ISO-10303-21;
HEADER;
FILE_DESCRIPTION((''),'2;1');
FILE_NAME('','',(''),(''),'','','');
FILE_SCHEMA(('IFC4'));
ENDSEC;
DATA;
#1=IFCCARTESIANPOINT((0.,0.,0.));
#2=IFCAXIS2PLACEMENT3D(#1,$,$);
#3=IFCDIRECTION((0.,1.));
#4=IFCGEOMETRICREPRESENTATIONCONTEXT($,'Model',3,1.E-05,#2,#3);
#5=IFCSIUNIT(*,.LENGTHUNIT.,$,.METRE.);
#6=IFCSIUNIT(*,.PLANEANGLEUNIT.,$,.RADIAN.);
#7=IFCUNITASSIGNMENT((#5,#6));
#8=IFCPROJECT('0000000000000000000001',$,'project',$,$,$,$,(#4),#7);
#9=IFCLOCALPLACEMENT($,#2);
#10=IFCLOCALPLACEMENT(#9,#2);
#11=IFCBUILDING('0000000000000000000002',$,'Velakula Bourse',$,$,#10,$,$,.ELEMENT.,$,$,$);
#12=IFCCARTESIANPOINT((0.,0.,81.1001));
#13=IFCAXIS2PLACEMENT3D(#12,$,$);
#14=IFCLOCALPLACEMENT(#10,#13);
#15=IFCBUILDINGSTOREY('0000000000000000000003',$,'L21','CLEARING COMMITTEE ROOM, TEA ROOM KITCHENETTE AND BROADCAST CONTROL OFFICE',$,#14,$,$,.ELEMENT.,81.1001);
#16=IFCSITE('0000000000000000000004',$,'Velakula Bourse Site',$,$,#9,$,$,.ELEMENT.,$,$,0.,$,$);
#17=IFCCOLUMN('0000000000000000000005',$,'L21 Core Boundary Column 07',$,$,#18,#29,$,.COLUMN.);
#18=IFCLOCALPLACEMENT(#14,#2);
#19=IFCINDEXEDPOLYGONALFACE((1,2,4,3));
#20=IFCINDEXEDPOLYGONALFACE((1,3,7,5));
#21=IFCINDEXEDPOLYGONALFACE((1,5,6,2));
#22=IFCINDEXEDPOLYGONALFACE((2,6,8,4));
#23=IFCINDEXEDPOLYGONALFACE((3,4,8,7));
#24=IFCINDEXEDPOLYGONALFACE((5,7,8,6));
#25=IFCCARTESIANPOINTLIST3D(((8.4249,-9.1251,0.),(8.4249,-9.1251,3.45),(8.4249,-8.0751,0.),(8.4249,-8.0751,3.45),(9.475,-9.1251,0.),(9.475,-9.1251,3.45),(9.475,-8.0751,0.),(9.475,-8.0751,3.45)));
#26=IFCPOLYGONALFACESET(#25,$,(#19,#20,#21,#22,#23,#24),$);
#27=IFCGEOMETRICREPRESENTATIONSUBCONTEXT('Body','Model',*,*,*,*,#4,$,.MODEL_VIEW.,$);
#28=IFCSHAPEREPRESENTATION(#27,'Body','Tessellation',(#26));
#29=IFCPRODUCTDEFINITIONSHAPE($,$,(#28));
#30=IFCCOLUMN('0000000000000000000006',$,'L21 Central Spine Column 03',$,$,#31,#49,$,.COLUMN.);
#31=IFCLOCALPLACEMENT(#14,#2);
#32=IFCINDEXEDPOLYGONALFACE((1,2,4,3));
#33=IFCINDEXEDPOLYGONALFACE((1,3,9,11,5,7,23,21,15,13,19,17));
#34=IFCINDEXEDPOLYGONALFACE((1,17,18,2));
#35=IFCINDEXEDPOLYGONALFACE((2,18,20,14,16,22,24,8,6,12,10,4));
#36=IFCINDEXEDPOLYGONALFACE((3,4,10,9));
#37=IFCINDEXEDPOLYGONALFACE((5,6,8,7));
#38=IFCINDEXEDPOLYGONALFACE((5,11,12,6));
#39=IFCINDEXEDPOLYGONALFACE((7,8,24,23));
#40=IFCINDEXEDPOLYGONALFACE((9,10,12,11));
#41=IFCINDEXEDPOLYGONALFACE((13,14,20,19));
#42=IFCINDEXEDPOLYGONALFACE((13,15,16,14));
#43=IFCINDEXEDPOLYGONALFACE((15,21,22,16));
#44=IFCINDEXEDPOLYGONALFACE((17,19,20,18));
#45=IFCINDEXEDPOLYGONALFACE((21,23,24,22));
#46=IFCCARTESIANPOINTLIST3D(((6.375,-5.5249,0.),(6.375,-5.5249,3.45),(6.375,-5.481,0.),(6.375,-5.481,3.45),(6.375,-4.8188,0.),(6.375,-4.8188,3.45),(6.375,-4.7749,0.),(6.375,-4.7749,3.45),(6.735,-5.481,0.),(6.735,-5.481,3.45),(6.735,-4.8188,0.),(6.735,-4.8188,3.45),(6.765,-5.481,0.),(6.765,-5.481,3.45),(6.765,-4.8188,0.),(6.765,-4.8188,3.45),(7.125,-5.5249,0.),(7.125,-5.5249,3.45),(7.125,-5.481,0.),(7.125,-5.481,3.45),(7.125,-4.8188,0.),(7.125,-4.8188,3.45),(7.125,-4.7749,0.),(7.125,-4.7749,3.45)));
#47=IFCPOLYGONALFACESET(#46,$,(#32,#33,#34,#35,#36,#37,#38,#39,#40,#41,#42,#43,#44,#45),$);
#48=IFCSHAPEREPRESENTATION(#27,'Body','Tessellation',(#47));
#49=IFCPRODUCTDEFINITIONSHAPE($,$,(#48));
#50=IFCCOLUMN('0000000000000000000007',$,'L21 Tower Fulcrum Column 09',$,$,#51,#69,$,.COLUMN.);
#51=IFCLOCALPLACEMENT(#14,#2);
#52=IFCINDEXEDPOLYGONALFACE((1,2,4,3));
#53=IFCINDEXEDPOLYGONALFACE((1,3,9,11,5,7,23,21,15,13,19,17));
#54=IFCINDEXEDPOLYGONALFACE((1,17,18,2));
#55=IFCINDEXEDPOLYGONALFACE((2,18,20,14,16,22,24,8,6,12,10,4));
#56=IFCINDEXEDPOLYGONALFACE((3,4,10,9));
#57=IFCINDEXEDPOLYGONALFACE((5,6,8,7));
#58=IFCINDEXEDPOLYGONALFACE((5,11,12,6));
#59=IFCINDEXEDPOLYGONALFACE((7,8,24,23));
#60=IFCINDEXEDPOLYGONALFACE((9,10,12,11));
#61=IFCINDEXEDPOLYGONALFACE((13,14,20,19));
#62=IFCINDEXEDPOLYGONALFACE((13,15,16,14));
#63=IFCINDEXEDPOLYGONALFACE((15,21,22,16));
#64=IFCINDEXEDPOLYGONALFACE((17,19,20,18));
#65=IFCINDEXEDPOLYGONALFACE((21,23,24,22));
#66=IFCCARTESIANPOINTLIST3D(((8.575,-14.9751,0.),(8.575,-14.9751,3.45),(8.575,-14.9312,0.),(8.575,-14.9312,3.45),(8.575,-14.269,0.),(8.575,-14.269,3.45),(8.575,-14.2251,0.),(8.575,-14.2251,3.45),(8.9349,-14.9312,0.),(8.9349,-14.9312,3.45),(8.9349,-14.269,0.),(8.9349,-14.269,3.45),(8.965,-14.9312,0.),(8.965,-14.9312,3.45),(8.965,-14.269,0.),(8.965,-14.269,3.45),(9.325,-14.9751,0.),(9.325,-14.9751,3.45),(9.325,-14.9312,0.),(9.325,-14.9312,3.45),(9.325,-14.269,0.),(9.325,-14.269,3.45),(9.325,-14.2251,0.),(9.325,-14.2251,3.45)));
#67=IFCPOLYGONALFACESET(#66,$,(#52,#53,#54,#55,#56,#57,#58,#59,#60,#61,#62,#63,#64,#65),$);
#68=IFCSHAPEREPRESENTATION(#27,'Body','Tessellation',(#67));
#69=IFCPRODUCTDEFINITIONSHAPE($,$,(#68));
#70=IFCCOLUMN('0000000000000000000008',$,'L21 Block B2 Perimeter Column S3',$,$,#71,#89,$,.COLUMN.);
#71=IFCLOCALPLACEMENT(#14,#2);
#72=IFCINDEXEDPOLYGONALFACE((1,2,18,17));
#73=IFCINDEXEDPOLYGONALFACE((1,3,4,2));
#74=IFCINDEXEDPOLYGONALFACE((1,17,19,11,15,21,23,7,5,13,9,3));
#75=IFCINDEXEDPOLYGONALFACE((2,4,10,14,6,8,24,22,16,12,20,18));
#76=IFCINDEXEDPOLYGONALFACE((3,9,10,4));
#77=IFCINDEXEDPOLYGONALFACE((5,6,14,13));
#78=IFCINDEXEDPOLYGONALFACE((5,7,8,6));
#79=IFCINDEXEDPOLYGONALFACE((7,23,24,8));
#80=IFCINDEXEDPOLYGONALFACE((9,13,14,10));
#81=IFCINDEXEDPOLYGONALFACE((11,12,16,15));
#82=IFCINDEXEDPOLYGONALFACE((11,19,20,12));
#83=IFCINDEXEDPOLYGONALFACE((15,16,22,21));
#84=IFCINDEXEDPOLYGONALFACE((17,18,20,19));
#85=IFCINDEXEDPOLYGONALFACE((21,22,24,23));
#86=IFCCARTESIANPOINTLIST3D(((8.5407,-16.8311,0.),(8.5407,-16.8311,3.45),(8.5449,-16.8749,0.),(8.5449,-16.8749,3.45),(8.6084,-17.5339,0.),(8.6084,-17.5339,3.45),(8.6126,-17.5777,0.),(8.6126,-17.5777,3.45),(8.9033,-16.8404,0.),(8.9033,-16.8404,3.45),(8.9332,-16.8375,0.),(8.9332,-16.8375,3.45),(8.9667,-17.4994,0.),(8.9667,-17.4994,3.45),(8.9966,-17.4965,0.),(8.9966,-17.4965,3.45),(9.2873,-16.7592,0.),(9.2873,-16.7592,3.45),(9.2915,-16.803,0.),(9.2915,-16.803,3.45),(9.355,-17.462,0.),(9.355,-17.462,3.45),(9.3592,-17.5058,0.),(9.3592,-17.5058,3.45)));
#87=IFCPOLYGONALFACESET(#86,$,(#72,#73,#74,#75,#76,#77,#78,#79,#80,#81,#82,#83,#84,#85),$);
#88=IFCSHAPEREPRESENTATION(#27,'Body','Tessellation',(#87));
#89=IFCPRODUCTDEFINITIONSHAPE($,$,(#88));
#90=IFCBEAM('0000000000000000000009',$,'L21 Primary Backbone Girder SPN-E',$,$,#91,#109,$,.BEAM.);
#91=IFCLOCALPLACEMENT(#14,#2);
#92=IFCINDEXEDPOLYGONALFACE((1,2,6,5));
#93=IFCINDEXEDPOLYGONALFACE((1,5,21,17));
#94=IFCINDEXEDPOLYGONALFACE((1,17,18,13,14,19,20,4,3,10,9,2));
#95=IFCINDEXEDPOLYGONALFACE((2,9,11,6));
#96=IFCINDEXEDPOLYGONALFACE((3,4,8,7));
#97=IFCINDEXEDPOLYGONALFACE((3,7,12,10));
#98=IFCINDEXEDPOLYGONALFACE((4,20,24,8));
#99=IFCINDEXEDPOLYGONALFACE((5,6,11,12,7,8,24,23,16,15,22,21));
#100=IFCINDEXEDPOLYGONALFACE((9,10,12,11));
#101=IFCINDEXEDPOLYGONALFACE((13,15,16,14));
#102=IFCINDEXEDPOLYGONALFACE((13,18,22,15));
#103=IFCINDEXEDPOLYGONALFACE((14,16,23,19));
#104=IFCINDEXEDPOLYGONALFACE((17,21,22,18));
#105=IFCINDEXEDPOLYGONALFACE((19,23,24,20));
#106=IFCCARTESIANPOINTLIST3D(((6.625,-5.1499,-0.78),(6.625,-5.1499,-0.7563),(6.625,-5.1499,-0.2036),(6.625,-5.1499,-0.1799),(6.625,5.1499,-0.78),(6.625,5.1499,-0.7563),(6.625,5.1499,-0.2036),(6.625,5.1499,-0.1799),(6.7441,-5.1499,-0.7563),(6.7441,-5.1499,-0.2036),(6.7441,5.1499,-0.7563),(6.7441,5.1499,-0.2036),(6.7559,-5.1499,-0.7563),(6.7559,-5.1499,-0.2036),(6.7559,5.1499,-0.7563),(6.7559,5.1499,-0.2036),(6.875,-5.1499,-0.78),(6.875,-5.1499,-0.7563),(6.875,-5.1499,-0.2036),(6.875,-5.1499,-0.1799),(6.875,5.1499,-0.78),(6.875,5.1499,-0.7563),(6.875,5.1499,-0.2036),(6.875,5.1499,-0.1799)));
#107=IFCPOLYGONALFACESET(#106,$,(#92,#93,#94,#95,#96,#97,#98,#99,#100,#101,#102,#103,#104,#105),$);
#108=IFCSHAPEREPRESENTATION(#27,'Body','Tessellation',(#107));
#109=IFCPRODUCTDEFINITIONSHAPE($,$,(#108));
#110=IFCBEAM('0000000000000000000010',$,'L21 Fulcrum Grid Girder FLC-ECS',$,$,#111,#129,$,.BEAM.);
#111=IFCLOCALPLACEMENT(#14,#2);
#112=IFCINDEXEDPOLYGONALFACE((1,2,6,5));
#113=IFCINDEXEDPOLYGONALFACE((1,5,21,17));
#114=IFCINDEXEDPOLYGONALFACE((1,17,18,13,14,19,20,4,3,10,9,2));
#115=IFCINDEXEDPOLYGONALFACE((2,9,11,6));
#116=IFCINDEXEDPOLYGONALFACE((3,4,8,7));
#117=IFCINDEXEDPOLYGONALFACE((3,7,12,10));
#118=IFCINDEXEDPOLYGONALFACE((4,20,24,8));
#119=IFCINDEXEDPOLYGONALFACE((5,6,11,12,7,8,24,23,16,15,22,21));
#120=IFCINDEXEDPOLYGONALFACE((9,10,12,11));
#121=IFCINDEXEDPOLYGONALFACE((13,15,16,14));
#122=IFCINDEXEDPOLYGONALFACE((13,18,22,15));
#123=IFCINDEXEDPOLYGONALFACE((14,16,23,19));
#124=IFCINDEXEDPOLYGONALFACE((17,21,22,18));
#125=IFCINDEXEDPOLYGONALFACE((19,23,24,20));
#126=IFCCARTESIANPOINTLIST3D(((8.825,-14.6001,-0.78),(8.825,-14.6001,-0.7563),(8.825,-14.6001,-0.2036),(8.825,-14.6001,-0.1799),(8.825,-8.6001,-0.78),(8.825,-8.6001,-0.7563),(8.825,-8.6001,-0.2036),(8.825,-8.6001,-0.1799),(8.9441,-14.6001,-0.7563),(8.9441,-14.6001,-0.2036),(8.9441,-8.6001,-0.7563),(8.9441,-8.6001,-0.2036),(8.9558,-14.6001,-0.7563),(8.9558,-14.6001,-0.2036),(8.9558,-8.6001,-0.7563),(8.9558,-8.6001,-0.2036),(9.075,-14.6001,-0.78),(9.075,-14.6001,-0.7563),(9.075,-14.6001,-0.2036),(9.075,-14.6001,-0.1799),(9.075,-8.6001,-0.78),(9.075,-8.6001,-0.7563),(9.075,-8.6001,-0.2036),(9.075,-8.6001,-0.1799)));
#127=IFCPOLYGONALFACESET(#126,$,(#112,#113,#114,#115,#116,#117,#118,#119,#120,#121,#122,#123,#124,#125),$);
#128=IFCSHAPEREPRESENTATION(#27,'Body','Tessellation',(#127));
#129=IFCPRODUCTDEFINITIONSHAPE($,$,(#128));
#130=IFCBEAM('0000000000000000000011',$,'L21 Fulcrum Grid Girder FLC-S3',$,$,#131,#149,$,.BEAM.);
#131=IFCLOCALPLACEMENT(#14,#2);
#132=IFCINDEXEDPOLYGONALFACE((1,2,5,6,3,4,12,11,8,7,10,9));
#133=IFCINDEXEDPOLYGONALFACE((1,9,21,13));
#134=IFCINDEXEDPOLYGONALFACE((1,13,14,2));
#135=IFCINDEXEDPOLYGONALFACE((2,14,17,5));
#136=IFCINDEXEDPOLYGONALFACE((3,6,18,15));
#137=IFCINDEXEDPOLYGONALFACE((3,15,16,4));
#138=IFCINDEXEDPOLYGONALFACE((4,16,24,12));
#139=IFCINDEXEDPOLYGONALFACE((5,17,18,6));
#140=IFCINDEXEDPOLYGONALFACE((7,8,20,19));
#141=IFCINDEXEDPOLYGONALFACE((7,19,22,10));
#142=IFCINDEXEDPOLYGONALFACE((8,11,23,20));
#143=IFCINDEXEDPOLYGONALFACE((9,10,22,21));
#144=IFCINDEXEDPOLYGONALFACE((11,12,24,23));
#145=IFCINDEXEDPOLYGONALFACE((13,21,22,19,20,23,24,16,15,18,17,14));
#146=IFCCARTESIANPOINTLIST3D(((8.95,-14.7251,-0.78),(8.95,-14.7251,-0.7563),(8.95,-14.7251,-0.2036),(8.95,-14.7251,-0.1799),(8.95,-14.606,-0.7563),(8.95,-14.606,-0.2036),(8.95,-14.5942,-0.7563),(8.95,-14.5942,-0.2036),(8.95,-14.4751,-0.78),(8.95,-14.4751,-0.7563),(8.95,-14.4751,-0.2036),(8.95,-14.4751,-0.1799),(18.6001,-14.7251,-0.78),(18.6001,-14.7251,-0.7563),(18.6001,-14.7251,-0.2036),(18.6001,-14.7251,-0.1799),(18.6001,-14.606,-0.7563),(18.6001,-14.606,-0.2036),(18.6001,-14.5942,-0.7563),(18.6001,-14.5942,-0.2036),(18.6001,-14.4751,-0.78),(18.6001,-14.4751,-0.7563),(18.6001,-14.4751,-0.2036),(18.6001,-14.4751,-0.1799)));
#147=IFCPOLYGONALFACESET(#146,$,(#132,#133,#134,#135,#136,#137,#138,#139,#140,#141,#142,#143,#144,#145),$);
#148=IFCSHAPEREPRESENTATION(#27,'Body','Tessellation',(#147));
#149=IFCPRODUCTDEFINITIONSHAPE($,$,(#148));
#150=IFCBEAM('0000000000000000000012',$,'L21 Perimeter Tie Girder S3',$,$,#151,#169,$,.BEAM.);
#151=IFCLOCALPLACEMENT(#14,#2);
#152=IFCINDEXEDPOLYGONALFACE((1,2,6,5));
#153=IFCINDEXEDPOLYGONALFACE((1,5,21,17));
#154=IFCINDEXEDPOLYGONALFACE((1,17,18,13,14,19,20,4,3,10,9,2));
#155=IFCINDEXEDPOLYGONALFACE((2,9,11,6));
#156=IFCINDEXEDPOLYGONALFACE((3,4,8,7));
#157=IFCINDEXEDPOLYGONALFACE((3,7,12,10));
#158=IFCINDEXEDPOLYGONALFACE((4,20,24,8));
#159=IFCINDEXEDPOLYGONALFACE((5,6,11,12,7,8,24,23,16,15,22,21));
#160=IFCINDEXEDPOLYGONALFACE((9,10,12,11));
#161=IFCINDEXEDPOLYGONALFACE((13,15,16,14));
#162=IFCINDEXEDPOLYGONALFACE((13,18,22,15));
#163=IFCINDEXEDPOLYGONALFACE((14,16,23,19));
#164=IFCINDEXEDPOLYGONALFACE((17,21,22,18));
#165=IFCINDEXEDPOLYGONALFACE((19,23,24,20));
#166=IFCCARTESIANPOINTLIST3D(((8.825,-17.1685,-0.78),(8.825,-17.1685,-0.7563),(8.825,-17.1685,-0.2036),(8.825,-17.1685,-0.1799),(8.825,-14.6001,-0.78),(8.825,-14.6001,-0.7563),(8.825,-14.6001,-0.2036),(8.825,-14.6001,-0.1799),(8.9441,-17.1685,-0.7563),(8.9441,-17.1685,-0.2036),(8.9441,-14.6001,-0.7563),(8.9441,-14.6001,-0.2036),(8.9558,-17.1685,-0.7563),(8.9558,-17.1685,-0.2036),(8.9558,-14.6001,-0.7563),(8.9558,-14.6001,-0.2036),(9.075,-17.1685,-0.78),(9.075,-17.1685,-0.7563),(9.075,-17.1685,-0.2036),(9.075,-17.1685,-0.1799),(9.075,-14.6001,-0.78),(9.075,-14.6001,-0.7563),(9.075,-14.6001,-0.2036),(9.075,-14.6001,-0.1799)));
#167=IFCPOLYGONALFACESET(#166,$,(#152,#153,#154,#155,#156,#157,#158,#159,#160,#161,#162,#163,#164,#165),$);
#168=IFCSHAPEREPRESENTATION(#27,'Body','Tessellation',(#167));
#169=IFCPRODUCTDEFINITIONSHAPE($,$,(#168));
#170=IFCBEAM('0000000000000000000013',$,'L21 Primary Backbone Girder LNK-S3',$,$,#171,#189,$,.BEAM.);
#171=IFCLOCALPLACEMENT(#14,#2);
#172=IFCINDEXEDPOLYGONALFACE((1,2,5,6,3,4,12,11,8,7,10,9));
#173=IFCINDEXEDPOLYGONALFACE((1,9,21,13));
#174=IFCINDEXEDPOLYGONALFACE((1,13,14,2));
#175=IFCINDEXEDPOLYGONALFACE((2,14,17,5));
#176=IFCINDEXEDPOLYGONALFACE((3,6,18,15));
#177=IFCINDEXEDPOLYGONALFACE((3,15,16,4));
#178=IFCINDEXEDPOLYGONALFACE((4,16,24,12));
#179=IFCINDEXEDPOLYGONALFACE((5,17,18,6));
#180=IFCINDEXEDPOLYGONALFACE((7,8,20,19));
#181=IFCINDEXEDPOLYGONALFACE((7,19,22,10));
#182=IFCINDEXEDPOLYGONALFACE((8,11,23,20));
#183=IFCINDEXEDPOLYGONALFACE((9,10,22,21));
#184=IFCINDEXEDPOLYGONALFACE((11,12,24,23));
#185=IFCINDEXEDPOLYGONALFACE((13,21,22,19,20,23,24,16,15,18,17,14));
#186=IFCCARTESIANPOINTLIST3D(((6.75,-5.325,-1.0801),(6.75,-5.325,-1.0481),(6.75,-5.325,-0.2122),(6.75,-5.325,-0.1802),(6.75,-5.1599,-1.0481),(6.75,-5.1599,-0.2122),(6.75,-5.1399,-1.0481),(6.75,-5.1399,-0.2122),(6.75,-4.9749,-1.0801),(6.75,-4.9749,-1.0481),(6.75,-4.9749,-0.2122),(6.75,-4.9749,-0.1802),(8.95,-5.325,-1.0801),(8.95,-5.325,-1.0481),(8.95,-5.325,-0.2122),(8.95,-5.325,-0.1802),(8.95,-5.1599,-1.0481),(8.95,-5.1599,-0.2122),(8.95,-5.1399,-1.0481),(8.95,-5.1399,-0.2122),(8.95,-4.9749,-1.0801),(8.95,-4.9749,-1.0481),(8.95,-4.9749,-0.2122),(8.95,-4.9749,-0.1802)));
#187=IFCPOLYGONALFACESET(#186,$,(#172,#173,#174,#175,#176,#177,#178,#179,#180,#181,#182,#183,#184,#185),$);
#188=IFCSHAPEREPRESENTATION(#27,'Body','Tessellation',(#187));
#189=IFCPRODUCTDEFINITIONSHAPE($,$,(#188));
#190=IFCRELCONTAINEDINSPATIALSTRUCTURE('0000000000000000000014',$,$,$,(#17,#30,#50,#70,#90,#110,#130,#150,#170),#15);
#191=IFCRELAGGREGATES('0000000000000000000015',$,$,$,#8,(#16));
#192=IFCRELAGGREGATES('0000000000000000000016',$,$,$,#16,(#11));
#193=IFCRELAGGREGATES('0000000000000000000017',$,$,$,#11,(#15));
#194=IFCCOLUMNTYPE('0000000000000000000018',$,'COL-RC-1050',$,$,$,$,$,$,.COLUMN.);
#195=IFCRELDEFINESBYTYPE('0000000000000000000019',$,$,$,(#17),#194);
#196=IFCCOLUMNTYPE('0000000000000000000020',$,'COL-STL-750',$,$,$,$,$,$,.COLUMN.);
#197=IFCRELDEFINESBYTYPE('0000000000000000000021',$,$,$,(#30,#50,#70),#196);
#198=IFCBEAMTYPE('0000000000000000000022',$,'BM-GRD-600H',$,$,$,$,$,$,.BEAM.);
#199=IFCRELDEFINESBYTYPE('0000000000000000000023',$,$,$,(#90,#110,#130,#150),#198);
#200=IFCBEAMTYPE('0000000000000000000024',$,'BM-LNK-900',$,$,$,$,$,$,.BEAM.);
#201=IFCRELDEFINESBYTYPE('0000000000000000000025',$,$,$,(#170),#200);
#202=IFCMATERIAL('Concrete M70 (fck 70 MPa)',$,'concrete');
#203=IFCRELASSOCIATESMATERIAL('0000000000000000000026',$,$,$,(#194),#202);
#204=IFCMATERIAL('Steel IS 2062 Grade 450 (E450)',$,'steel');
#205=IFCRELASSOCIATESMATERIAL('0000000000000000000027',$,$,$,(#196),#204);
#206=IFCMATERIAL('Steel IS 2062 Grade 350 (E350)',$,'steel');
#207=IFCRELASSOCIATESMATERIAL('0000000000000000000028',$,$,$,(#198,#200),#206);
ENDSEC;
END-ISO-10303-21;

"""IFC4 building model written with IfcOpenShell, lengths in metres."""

from ifc_helpers import new_model, si_unit, direction, frame, origin, origin_2d, place, context, subcontext, project, spatial, rectangle, i_section, extrude, material, material_profile, profile_set, type_object, element, save


model = new_model("IFC4")

# Units and contexts
model_context = context("Model", 3, precision=1e-05, world=origin(), true_north=direction((0.0, 1.0)))
body_context = subcontext(model_context, "Body", "Model", "MODEL_VIEW")
ifc_project = project(units=[si_unit("LENGTHUNIT", "METRE"), si_unit("PLANEANGLEUNIT", "RADIAN")], contexts=[model_context])

# Site, building, storey
site_placement = place(None, origin())
site = spatial("IfcSite", under=ifc_project, at=site_placement, Name="Velakula Bourse Site", CompositionType="ELEMENT", RefElevation=0.0)
building_placement = place(site_placement, origin())
building = spatial("IfcBuilding", under=site, at=building_placement, Name="Velakula Bourse", CompositionType="ELEMENT")
storey_placement = place(building_placement, frame((0.0, 0.0, 81.1001)))
storey = spatial("IfcBuildingStorey", under=building, at=storey_placement, Name="L21", Description="CLEARING COMMITTEE ROOM, TEA ROOM KITCHENETTE AND BROADCAST CONTROL OFFICE", CompositionType="ELEMENT", Elevation=81.1001)

# Columns
ifc_material_1 = material(Name="Concrete M70 (fck 70 MPa)", Category="concrete")
ifc_material_profile_1 = material_profile(ifc_material_1, rectangle(XDim=1.05, YDim=1.05, at=origin_2d()), Name="Concrete M70 (fck 70 MPa)")
ifc_profile_set_1 = profile_set([ifc_material_profile_1], Name="Concrete M70 (fck 70 MPa)")
column_type_1 = type_object("IfcColumnType", Name="COL-RC-1050", PredefinedType="COLUMN", material=ifc_profile_set_1)
column_placement = place(storey_placement, frame((8.95, -8.6001, 0.0), z_axis=(0.0, 0.0, 1.0), x_axis=(1.0, 0.0, 0.0)))
element("IfcColumn", 1, at=column_placement, inside=storey, type_object=column_type_1, Name="L21 Core Boundary Column 07", PredefinedType="COLUMN", context=body_context, shape_type="SweptSolid", body=[
    extrude(rectangle(XDim=1.05, YDim=1.05, at=origin_2d()), origin(), (0.0, 0.0, 1.0), 3.45),
])
ifc_material_2 = material(Name="Steel IS 2062 Grade 450 (E450)", Category="steel")
ifc_material_profile_2 = material_profile(ifc_material_2, i_section(OverallWidth=0.75, OverallDepth=0.75, WebThickness=0.03, FlangeThickness=0.0439, at=origin_2d()), Name="Steel IS 2062 Grade 450 (E450)")
ifc_profile_set_2 = profile_set([ifc_material_profile_2], Name="Steel IS 2062 Grade 450 (E450)")
column_type_2 = type_object("IfcColumnType", Name="COL-STL-750", PredefinedType="COLUMN", material=ifc_profile_set_2)
for number, where, z_axis, x_axis, name in (
    (2, (6.75, -5.1499, 0.0), (0.0, 0.0, 1.0), (1.0, 0.0, 0.0), "L21 Central Spine Column 03"),
    (3, (8.95, -14.6001, 0.0), (0.0, 0.0, 1.0), (1.0, 0.0, 0.0), "L21 Tower Fulcrum Column 09"),
    (4, (8.95, -17.1685, 0.0), (0.0, 0.0, 1.0), (0.995396, 0.095846, 0.0), "L21 Block B2 Perimeter Column S3"),
):
    element("IfcColumn", number, at=place(storey_placement, frame(where, z_axis=z_axis, x_axis=x_axis)), inside=storey, type_object=column_type_2, Name=name, PredefinedType="COLUMN", context=body_context, shape_type="SweptSolid", body=[
        extrude(i_section(OverallWidth=0.75, OverallDepth=0.75, WebThickness=0.03, FlangeThickness=0.0439, at=origin_2d()), origin(), (0.0, 0.0, 1.0), 3.45),
    ])

# Beams
ifc_material_3 = material(Name="Steel IS 2062 Grade 350 (E350)", Category="steel")
ifc_material_profile_3 = material_profile(ifc_material_3, i_section(OverallWidth=0.25, OverallDepth=0.6001, WebThickness=0.0117, FlangeThickness=0.0237, at=origin_2d()), Name="Steel IS 2062 Grade 350 (E350)")
ifc_profile_set_3 = profile_set([ifc_material_profile_3], Name="Steel IS 2062 Grade 350 (E350)")
beam_type_1 = type_object("IfcBeamType", Name="BM-GRD-600H", PredefinedType="BEAM", material=ifc_profile_set_3)
beam_1_placement = place(storey_placement, frame((6.75, -5.1499, -0.48), z_axis=(0.0, 1.0, 0.0), x_axis=(-1.0, 0.0, 0.0)))
element("IfcBeam", 5, at=beam_1_placement, inside=storey, type_object=beam_type_1, Name="L21 Primary Backbone Girder SPN-E", PredefinedType="BEAM", context=body_context, shape_type="SweptSolid", body=[
    extrude(i_section(OverallWidth=0.25, OverallDepth=0.6001, WebThickness=0.0117, FlangeThickness=0.0237, at=origin_2d()), origin(), (0.0, 0.0, 1.0), 10.2998),
])
beam_2_placement = place(storey_placement, frame((8.95, -14.6001, -0.48), z_axis=(0.0, 1.0, 0.0), x_axis=(-1.0, 0.0, 0.0)))
element("IfcBeam", 6, at=beam_2_placement, inside=storey, type_object=beam_type_1, Name="L21 Fulcrum Grid Girder FLC-ECS", PredefinedType="BEAM", context=body_context, shape_type="SweptSolid", body=[
    extrude(i_section(OverallWidth=0.25, OverallDepth=0.6001, WebThickness=0.0117, FlangeThickness=0.0237, at=origin_2d()), origin(), (0.0, 0.0, 1.0), 6.0),
])
beam_3_placement = place(storey_placement, frame((8.95, -14.6001, -0.48), z_axis=(1.0, 0.0, 0.0), x_axis=(0.0, 1.0, 0.0)))
element("IfcBeam", 7, at=beam_3_placement, inside=storey, type_object=beam_type_1, Name="L21 Fulcrum Grid Girder FLC-S3", PredefinedType="BEAM", context=body_context, shape_type="SweptSolid", body=[
    extrude(i_section(OverallWidth=0.25, OverallDepth=0.6001, WebThickness=0.0117, FlangeThickness=0.0237, at=origin_2d()), origin(), (0.0, 0.0, 1.0), 9.6501),
])
beam_4_placement = place(storey_placement, frame((8.95, -14.6001, -0.48), z_axis=(0.0, -1.0, 0.0), x_axis=(1.0, 0.0, 0.0)))
element("IfcBeam", 8, at=beam_4_placement, inside=storey, type_object=beam_type_1, Name="L21 Perimeter Tie Girder S3", PredefinedType="BEAM", context=body_context, shape_type="SweptSolid", body=[
    extrude(i_section(OverallWidth=0.25, OverallDepth=0.6001, WebThickness=0.0117, FlangeThickness=0.0237, at=origin_2d()), origin(), (0.0, 0.0, 1.0), 2.5684),
])
ifc_material_profile_4 = material_profile(ifc_material_3, i_section(OverallWidth=0.3501, OverallDepth=0.8999, WebThickness=0.02, FlangeThickness=0.032, at=origin_2d()), Name="Steel IS 2062 Grade 350 (E350)")
ifc_profile_set_4 = profile_set([ifc_material_profile_4], Name="Steel IS 2062 Grade 350 (E350)")
beam_type_2 = type_object("IfcBeamType", Name="BM-LNK-900", PredefinedType="BEAM", material=ifc_profile_set_4)
beam_5_placement = place(storey_placement, frame((6.75, -5.1499, -0.6301), z_axis=(1.0, 0.0, 0.0), x_axis=(0.0, 1.0, 0.0)))
element("IfcBeam", 9, at=beam_5_placement, inside=storey, type_object=beam_type_2, Name="L21 Primary Backbone Girder LNK-S3", PredefinedType="BEAM", context=body_context, shape_type="SweptSolid", body=[
    extrude(i_section(OverallWidth=0.3501, OverallDepth=0.8999, WebThickness=0.02, FlangeThickness=0.032, at=origin_2d()), origin(), (0.0, 0.0, 1.0), 2.2),
])

save(model, "model.ifc")
